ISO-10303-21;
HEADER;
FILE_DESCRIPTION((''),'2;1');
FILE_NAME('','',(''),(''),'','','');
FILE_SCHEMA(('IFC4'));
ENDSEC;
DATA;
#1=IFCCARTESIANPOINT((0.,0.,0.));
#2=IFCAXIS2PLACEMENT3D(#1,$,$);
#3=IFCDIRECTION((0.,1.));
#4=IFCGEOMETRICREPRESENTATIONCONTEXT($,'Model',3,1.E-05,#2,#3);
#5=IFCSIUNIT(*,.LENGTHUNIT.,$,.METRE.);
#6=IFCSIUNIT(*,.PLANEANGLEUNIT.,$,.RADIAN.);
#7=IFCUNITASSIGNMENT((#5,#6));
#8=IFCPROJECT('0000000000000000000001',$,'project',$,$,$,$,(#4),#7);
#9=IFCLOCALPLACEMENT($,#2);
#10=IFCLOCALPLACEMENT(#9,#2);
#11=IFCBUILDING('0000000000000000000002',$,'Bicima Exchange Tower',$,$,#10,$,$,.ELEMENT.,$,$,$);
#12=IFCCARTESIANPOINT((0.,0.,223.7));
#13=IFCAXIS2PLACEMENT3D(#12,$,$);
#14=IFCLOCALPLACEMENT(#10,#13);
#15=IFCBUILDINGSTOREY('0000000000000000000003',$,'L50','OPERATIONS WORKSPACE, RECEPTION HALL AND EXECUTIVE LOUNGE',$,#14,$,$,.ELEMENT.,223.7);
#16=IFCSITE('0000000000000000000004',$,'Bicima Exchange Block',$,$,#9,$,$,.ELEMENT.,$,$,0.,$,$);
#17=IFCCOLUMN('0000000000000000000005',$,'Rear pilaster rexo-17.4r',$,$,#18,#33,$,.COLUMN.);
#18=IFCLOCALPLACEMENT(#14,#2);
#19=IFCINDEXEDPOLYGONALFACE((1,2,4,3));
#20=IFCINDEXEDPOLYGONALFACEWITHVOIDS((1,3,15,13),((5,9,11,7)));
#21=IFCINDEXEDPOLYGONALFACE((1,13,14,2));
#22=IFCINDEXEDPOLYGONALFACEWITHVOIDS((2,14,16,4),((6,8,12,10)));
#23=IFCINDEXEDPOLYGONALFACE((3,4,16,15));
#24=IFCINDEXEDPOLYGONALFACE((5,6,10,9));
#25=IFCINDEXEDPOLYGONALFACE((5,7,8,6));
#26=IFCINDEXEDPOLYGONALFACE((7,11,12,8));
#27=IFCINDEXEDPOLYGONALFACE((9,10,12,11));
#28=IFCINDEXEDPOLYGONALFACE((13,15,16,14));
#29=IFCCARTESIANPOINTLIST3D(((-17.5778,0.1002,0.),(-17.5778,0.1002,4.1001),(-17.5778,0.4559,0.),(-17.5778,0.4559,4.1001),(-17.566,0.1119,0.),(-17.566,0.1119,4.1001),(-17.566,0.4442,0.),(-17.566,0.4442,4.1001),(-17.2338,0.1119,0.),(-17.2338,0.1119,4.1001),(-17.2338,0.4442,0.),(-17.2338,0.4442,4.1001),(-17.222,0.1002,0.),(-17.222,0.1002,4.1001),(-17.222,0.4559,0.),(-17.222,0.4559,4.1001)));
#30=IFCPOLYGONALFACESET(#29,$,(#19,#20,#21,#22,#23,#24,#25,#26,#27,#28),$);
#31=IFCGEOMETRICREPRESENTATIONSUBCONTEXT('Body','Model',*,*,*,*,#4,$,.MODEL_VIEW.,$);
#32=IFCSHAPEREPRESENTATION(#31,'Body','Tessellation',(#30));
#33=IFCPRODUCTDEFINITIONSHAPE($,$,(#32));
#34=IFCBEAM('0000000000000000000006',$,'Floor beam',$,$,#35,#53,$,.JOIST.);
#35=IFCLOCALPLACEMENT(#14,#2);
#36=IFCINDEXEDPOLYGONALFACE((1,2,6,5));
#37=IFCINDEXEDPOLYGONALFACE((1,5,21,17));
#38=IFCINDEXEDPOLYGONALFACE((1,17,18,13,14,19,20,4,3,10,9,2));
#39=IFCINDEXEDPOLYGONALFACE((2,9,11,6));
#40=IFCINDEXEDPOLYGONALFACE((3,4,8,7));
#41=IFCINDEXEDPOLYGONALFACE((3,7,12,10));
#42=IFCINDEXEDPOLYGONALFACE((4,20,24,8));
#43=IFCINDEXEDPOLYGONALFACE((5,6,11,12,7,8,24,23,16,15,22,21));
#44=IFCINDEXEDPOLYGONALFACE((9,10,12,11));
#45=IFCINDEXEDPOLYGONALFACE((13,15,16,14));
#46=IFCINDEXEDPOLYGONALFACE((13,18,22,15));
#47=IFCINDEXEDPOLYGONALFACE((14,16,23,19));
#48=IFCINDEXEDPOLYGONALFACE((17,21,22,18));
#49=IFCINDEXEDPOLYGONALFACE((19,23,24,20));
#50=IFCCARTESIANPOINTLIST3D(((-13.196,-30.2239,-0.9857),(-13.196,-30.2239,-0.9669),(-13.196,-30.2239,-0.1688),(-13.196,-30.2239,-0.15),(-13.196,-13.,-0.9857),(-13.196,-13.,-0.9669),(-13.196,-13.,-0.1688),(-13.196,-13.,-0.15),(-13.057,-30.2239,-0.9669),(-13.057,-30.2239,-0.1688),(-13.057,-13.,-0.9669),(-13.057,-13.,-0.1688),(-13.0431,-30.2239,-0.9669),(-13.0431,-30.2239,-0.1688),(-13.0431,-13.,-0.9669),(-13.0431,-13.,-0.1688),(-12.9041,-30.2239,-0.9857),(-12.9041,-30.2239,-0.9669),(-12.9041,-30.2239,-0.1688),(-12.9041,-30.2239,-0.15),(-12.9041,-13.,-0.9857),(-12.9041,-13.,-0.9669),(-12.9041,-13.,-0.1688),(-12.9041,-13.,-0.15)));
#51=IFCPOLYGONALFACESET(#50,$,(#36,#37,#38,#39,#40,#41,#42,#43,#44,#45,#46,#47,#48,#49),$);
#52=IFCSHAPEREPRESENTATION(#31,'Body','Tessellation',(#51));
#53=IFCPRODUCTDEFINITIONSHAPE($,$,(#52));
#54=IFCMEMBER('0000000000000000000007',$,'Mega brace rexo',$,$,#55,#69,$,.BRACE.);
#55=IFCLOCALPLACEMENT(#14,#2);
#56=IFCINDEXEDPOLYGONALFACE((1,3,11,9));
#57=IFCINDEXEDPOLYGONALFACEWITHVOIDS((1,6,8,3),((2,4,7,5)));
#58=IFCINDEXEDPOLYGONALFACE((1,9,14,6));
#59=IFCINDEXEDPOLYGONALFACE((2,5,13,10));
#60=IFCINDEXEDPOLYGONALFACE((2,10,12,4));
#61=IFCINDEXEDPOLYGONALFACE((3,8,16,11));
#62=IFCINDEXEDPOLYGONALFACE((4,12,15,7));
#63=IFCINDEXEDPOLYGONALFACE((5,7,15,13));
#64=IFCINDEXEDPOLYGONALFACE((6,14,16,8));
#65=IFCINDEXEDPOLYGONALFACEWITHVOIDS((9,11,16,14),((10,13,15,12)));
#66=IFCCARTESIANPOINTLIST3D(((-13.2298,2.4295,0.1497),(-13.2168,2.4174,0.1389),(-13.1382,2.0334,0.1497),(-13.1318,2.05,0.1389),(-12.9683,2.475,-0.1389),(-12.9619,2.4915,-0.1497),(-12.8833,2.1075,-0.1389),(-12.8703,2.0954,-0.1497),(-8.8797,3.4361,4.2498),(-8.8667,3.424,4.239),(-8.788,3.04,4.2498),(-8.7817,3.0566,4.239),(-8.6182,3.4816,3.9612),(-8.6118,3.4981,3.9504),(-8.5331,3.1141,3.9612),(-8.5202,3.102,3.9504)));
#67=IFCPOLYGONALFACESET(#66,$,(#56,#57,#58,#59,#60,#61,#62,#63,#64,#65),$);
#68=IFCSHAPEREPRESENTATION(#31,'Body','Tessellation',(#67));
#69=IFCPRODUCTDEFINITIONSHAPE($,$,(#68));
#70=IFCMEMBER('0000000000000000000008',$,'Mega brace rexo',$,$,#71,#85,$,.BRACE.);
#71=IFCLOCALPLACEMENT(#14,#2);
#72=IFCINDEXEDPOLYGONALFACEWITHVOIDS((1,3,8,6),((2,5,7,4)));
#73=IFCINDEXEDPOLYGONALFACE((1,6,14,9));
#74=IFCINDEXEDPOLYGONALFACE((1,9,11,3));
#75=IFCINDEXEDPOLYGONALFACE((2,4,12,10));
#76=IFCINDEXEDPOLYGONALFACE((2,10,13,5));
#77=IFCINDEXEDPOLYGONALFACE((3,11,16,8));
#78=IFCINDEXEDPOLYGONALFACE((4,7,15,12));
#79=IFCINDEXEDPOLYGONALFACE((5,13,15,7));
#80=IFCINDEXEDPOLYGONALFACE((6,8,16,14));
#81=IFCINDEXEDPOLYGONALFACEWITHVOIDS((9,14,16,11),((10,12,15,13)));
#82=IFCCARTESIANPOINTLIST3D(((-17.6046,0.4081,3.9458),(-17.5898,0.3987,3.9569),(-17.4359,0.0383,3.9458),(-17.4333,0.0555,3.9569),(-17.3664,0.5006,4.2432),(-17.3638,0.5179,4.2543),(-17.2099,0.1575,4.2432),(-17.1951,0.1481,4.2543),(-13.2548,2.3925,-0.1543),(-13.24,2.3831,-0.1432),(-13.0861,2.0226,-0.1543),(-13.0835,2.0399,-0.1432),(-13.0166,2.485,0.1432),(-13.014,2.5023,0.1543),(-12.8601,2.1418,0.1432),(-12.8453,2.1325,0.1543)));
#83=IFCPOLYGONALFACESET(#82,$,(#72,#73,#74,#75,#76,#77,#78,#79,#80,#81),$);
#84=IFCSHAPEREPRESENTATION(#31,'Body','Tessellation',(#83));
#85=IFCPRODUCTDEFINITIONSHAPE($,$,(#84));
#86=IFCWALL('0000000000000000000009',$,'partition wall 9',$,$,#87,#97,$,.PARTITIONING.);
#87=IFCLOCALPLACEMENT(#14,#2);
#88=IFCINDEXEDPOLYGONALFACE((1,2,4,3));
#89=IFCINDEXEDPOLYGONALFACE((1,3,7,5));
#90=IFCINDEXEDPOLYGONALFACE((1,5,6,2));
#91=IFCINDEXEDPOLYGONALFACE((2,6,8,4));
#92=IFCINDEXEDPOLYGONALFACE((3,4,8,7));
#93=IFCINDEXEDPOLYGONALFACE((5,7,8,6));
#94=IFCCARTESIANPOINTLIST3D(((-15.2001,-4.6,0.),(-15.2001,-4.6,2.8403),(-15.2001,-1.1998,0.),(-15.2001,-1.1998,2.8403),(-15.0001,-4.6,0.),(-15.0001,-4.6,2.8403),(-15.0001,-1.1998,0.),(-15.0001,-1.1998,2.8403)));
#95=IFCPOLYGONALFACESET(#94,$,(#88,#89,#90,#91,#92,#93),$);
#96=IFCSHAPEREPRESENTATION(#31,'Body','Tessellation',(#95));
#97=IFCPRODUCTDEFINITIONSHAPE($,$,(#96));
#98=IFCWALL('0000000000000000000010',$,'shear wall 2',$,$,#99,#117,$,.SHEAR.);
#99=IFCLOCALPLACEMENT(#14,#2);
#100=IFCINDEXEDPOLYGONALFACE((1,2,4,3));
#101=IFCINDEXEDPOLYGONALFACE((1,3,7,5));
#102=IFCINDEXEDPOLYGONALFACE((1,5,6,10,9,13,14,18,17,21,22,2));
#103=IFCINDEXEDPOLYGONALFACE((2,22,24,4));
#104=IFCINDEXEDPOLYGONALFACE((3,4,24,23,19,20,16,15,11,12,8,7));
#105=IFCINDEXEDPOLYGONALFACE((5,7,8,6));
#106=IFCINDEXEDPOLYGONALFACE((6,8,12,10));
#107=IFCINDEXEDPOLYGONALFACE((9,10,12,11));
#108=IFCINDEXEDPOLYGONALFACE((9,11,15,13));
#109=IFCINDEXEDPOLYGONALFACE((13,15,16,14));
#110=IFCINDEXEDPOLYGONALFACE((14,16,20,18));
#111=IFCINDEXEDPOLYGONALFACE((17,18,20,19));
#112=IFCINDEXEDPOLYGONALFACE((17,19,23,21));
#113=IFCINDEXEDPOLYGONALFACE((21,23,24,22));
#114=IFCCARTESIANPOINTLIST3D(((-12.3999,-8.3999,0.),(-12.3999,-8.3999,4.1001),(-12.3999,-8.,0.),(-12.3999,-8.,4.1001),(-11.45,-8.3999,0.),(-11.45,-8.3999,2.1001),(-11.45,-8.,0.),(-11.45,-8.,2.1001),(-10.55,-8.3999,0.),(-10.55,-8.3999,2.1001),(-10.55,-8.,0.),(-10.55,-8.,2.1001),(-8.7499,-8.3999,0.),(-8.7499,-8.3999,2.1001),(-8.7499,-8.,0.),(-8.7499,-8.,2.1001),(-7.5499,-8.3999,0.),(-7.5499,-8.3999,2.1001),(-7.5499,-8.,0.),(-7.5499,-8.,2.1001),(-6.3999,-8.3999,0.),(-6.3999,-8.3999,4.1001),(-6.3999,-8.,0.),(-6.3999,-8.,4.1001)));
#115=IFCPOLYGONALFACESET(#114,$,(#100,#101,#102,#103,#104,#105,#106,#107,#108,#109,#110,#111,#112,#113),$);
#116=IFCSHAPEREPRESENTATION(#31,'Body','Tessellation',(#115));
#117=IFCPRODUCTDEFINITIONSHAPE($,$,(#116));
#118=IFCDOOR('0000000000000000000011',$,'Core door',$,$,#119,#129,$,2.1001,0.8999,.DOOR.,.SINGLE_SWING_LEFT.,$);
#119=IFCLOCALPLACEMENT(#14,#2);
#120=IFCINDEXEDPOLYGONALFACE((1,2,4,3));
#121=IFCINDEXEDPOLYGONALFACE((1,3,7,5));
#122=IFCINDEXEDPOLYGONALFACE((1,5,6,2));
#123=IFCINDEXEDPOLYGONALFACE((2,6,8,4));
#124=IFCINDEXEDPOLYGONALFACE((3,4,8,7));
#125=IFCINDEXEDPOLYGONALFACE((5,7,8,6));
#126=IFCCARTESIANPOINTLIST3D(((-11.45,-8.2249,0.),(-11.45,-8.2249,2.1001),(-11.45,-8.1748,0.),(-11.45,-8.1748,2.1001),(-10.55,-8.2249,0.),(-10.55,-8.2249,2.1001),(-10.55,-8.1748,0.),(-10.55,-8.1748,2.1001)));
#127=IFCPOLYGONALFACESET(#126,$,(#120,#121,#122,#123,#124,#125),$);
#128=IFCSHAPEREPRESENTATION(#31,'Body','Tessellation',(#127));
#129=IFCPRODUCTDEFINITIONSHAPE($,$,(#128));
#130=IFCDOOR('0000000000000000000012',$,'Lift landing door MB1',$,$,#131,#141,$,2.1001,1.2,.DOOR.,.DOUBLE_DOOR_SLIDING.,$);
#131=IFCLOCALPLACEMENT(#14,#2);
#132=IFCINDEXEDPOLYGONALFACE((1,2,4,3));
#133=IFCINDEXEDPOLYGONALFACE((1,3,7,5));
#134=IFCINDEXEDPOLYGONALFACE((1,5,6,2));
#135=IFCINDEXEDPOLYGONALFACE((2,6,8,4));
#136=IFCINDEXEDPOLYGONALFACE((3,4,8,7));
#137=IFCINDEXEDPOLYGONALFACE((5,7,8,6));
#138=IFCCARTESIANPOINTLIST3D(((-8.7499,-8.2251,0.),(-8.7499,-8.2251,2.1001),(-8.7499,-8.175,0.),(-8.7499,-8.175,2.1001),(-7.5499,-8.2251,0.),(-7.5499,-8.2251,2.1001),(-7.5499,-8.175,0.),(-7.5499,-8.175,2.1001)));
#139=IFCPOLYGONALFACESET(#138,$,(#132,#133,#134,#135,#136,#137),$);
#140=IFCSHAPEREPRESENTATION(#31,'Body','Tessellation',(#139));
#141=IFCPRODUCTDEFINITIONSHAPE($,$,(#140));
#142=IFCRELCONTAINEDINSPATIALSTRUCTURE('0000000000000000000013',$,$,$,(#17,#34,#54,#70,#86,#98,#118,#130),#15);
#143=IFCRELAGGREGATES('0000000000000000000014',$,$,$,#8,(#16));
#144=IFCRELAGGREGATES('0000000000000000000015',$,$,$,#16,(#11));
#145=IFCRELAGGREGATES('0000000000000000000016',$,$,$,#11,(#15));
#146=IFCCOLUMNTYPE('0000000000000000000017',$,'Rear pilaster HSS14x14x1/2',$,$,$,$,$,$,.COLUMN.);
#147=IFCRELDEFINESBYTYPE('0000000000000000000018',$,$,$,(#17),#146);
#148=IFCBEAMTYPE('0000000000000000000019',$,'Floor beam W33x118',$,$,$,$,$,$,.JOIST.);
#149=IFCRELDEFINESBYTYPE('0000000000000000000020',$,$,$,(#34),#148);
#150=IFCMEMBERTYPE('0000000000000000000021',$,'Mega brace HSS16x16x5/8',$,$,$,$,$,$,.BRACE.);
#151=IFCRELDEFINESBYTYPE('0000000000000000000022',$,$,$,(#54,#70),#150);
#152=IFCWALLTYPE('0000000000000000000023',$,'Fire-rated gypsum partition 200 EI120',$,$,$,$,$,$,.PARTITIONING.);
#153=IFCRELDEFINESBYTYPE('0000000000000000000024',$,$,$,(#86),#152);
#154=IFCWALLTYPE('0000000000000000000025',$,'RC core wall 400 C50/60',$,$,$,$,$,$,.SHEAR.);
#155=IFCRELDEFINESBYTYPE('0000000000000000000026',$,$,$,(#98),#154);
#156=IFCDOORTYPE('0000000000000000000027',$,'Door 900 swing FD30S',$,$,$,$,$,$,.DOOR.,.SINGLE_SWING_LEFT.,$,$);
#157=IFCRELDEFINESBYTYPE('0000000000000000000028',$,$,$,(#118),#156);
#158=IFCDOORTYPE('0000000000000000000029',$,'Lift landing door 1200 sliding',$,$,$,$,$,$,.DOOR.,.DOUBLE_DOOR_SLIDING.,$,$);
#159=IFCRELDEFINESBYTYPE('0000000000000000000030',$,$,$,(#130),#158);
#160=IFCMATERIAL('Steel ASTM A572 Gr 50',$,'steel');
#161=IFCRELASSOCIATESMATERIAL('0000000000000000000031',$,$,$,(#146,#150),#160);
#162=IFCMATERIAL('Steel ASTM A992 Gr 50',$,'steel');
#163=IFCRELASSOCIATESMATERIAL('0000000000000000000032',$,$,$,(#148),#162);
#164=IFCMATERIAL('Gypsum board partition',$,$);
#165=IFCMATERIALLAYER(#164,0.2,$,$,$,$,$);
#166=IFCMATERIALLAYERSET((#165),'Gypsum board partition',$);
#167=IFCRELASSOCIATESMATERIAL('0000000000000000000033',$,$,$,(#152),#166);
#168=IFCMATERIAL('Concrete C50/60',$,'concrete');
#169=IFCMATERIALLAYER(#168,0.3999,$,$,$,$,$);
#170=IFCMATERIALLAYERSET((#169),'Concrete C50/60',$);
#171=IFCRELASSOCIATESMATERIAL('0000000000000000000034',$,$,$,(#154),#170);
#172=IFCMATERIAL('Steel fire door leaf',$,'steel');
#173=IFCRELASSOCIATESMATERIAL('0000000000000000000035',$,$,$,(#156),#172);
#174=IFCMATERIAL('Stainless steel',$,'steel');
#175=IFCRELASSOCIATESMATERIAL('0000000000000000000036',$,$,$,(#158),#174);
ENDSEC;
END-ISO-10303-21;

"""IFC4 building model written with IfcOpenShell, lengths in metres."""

from ifc_helpers import new_model, si_unit, direction, frame, frame_2d, origin, origin_2d, place, context, subcontext, project, spatial, rectangle, hollow_rectangle, i_section, extrude, material, layer, layer_set, material_profile, profile_set, type_object, element, fill, save


model = new_model("IFC4")

# Units and contexts
model_context = context("Model", 3, precision=1e-05, world=origin(), true_north=direction((0.0, 1.0)))
body_context = subcontext(model_context, "Body", "Model", "MODEL_VIEW")
ifc_project = project(units=[si_unit("LENGTHUNIT", "METRE"), si_unit("PLANEANGLEUNIT", "RADIAN")], contexts=[model_context])

# Site, building, storey
site_placement = place(None, origin())
site = spatial("IfcSite", under=ifc_project, at=site_placement, Name="Bicima Exchange Block", CompositionType="ELEMENT", RefElevation=0.0)
building_placement = place(site_placement, origin())
building = spatial("IfcBuilding", under=site, at=building_placement, Name="Bicima Exchange Tower", CompositionType="ELEMENT")
storey_placement = place(building_placement, frame((0.0, 0.0, 223.7)))
storey = spatial("IfcBuildingStorey", under=building, at=storey_placement, Name="L50", Description="OPERATIONS WORKSPACE, RECEPTION HALL AND EXECUTIVE LOUNGE", CompositionType="ELEMENT", Elevation=223.7)

# Column
ifc_material_1 = material(Name="Steel ASTM A572 Gr 50", Category="steel")
ifc_material_profile_1 = material_profile(ifc_material_1, hollow_rectangle(XDim=0.3557, YDim=0.3557, WallThickness=0.0117, at=origin_2d()))
ifc_profile_set_1 = profile_set([ifc_material_profile_1], Name="Steel ASTM A572 Gr 50")
column_type = type_object("IfcColumnType", Name="Rear pilaster HSS14x14x1/2", PredefinedType="COLUMN", material=ifc_profile_set_1)
column_placement = place(storey_placement, frame((-17.3999, 0.2781, 0.0), z_axis=(0.0, 0.0, 1.0), x_axis=(1.0, 0.0, 0.0)))
element("IfcColumn", 1, at=column_placement, inside=storey, type_object=column_type, Name="Rear pilaster rexo-17.4r", PredefinedType="COLUMN", context=body_context, shape_type="SweptSolid", body=[
    extrude(hollow_rectangle(XDim=0.3557, YDim=0.3557, WallThickness=0.0117, at=origin_2d()), origin(), (0.0, 0.0, 1.0), 4.1001),
])

# Beam
ifc_material_2 = material(Name="Steel ASTM A992 Gr 50", Category="steel")
ifc_material_profile_2 = material_profile(ifc_material_2, i_section(OverallWidth=0.292, OverallDepth=0.8357, WebThickness=0.0139, FlangeThickness=0.0188, at=origin_2d()))
ifc_profile_set_2 = profile_set([ifc_material_profile_2], Name="Steel ASTM A992 Gr 50")
beam_type = type_object("IfcBeamType", Name="Floor beam W33x118", PredefinedType="JOIST", material=ifc_profile_set_2)
beam_placement = place(storey_placement, frame((-13.05, -13.0, -0.5679), z_axis=(0.0, -1.0, 0.0), x_axis=(1.0, 0.0, 0.0)))
element("IfcBeam", 2, at=beam_placement, inside=storey, type_object=beam_type, Name="Floor beam", PredefinedType="JOIST", context=body_context, shape_type="SweptSolid", body=[
    extrude(i_section(OverallWidth=0.292, OverallDepth=0.8357, WebThickness=0.0139, FlangeThickness=0.0188, at=origin_2d()), origin(), (0.0, 0.0, 1.0), 17.2239),
])

# Members
ifc_material_profile_3 = material_profile(ifc_material_1, hollow_rectangle(XDim=0.4065, YDim=0.4065, WallThickness=0.0146, at=origin_2d()))
ifc_profile_set_3 = profile_set([ifc_material_profile_3], Name="Steel ASTM A572 Gr 50")
member_type = type_object("IfcMemberType", Name="Mega brace HSS16x16x5/8", PredefinedType="BRACE", material=ifc_profile_set_3)
member_1_placement = place(storey_placement, frame((-13.05, 2.2625, 0.0), z_axis=(0.717606, 0.166051, 0.676365), x_axis=(-0.225439, 0.974257, 0.0)))
element("IfcMember", 3, at=member_1_placement, inside=storey, type_object=member_type, Name="Mega brace rexo", PredefinedType="BRACE", context=body_context, shape_type="SweptSolid", body=[
    extrude(hollow_rectangle(XDim=0.4065, YDim=0.4065, WallThickness=0.0146, at=origin_2d()), origin(), (0.0, 0.0, 1.0), 6.062),
])
member_2_placement = place(storey_placement, frame((-13.05, 2.2625, 0.0), z_axis=(-0.690629, -0.31506, 0.650975), x_axis=(0.415045, -0.909801, 0.0)))
element("IfcMember", 4, at=member_2_placement, inside=storey, type_object=member_type, Name="Mega brace rexo", PredefinedType="BRACE", context=body_context, shape_type="SweptSolid", body=[
    extrude(hollow_rectangle(XDim=0.4065, YDim=0.4065, WallThickness=0.0146, at=origin_2d()), origin(), (0.0, 0.0, 1.0), 6.2983),
])

# Wall
ifc_material_3 = material(Name="Gypsum board partition")
ifc_layer_1 = layer(ifc_material_3, 0.2)
ifc_layer_set_1 = layer_set([ifc_layer_1], Name="Gypsum board partition")
wall_type_1 = type_object("IfcWallType", Name="Fire-rated gypsum partition 200 EI120", PredefinedType="PARTITIONING", material=ifc_layer_set_1)
wall_1_placement = place(storey_placement, frame((-15.1001, -4.6001, 0.0), z_axis=(0.0, 0.0, 1.0), x_axis=(0.0, 1.0, 0.0)))
element("IfcWall", 5, at=wall_1_placement, inside=storey, type_object=wall_type_1, Name="partition wall 9", PredefinedType="PARTITIONING", context=body_context, shape_type="SweptSolid", body=[
    extrude(rectangle(XDim=3.4001, YDim=0.2, at=frame_2d((1.7002, 0.0))), origin(), (0.0, 0.0, 1.0), 2.8403),
])

# Wall, openings, doors
ifc_material_4 = material(Name="Concrete C50/60", Category="concrete")
ifc_layer_2 = layer(ifc_material_4, 0.3999)
ifc_layer_set_2 = layer_set([ifc_layer_2], Name="Concrete C50/60")
wall_type_2 = type_object("IfcWallType", Name="RC core wall 400 C50/60", PredefinedType="SHEAR", material=ifc_layer_set_2)
wall_2_placement = place(storey_placement, frame((-12.3999, -8.2, 0.0), z_axis=(0.0, 0.0, 1.0), x_axis=(1.0, 0.0, 0.0)))
wall_2 = element("IfcWall", 6, at=wall_2_placement, inside=storey, type_object=wall_type_2, Name="shear wall 2", PredefinedType="SHEAR", context=body_context, shape_type="SweptSolid", body=[
    extrude(rectangle(XDim=6.0, YDim=0.3999, at=frame_2d((3.0, 0.0))), origin(), (0.0, 0.0, 1.0), 4.1001),
])
opening_1_placement = place(wall_2_placement, frame((3.6499, 0.0, 0.0)))
opening_1 = element("IfcOpeningElement", 7, at=opening_1_placement, cuts=wall_2, PredefinedType="OPENING", context=body_context, shape_type="SweptSolid", body=[
    extrude(rectangle(XDim=1.2, YDim=2.1001, at=frame_2d((0.6001, 1.05))), frame((0.0, 0.2119, 0.0), z_axis=(0.0, -1.0, 0.0), x_axis=(1.0, 0.0, 0.0)), (0.0, 0.0, 1.0), 0.4238),
])
opening_2_placement = place(wall_2_placement, frame((0.95, 0.0, 0.0)))
opening_2 = element("IfcOpeningElement", 8, at=opening_2_placement, cuts=wall_2, PredefinedType="OPENING", context=body_context, shape_type="SweptSolid", body=[
    extrude(rectangle(XDim=0.8999, YDim=2.1001, at=frame_2d((0.45, 1.05))), frame((0.0, 0.2119, 0.0), z_axis=(0.0, -1.0, 0.0), x_axis=(1.0, 0.0, 0.0)), (0.0, 0.0, 1.0), 0.4238),
])
ifc_material_5 = material(Name="Steel fire door leaf", Category="steel")
door_type_1 = type_object("IfcDoorType", Name="Door 900 swing FD30S", OperationType="SINGLE_SWING_LEFT", PredefinedType="DOOR", material=ifc_material_5)
door_1_placement = place(opening_2_placement, frame((0.8999, 0.0, 0.0), z_axis=(0.0, 0.0, 1.0), x_axis=(-1.0, 0.0, 0.0)))
door_1 = element("IfcDoor", 9, at=door_1_placement, inside=storey, type_object=door_type_1, Name="Core door", OperationType="SINGLE_SWING_LEFT", OverallHeight=2.1001, OverallWidth=0.8999, PredefinedType="DOOR", context=body_context, shape_type="SweptSolid", body=[
    extrude(rectangle(XDim=0.8999, YDim=2.1001, at=frame_2d((0.45, 1.05))), frame((0.0, 0.0249, 0.0), z_axis=(0.0, -1.0, 0.0), x_axis=(1.0, 0.0, 0.0)), (0.0, 0.0, 1.0), 0.05),
])
fill(opening_2, door_1)
ifc_material_6 = material(Name="Stainless steel", Category="steel")
door_type_2 = type_object("IfcDoorType", Name="Lift landing door 1200 sliding", OperationType="DOUBLE_DOOR_SLIDING", PredefinedType="DOOR", material=ifc_material_6)
door_2_placement = place(opening_1_placement, origin())
door_2 = element("IfcDoor", 10, at=door_2_placement, inside=storey, type_object=door_type_2, Name="Lift landing door MB1", OperationType="DOUBLE_DOOR_SLIDING", OverallHeight=2.1001, OverallWidth=1.2, PredefinedType="DOOR", context=body_context, shape_type="SweptSolid", body=[
    extrude(rectangle(XDim=1.2, YDim=2.1001, at=frame_2d((0.6001, 1.05))), frame((0.0, 0.0249, 0.0), z_axis=(0.0, -1.0, 0.0), x_axis=(1.0, 0.0, 0.0)), (0.0, 0.0, 1.0), 0.05),
])
fill(opening_1, door_2)

save(model, "model.ifc")
